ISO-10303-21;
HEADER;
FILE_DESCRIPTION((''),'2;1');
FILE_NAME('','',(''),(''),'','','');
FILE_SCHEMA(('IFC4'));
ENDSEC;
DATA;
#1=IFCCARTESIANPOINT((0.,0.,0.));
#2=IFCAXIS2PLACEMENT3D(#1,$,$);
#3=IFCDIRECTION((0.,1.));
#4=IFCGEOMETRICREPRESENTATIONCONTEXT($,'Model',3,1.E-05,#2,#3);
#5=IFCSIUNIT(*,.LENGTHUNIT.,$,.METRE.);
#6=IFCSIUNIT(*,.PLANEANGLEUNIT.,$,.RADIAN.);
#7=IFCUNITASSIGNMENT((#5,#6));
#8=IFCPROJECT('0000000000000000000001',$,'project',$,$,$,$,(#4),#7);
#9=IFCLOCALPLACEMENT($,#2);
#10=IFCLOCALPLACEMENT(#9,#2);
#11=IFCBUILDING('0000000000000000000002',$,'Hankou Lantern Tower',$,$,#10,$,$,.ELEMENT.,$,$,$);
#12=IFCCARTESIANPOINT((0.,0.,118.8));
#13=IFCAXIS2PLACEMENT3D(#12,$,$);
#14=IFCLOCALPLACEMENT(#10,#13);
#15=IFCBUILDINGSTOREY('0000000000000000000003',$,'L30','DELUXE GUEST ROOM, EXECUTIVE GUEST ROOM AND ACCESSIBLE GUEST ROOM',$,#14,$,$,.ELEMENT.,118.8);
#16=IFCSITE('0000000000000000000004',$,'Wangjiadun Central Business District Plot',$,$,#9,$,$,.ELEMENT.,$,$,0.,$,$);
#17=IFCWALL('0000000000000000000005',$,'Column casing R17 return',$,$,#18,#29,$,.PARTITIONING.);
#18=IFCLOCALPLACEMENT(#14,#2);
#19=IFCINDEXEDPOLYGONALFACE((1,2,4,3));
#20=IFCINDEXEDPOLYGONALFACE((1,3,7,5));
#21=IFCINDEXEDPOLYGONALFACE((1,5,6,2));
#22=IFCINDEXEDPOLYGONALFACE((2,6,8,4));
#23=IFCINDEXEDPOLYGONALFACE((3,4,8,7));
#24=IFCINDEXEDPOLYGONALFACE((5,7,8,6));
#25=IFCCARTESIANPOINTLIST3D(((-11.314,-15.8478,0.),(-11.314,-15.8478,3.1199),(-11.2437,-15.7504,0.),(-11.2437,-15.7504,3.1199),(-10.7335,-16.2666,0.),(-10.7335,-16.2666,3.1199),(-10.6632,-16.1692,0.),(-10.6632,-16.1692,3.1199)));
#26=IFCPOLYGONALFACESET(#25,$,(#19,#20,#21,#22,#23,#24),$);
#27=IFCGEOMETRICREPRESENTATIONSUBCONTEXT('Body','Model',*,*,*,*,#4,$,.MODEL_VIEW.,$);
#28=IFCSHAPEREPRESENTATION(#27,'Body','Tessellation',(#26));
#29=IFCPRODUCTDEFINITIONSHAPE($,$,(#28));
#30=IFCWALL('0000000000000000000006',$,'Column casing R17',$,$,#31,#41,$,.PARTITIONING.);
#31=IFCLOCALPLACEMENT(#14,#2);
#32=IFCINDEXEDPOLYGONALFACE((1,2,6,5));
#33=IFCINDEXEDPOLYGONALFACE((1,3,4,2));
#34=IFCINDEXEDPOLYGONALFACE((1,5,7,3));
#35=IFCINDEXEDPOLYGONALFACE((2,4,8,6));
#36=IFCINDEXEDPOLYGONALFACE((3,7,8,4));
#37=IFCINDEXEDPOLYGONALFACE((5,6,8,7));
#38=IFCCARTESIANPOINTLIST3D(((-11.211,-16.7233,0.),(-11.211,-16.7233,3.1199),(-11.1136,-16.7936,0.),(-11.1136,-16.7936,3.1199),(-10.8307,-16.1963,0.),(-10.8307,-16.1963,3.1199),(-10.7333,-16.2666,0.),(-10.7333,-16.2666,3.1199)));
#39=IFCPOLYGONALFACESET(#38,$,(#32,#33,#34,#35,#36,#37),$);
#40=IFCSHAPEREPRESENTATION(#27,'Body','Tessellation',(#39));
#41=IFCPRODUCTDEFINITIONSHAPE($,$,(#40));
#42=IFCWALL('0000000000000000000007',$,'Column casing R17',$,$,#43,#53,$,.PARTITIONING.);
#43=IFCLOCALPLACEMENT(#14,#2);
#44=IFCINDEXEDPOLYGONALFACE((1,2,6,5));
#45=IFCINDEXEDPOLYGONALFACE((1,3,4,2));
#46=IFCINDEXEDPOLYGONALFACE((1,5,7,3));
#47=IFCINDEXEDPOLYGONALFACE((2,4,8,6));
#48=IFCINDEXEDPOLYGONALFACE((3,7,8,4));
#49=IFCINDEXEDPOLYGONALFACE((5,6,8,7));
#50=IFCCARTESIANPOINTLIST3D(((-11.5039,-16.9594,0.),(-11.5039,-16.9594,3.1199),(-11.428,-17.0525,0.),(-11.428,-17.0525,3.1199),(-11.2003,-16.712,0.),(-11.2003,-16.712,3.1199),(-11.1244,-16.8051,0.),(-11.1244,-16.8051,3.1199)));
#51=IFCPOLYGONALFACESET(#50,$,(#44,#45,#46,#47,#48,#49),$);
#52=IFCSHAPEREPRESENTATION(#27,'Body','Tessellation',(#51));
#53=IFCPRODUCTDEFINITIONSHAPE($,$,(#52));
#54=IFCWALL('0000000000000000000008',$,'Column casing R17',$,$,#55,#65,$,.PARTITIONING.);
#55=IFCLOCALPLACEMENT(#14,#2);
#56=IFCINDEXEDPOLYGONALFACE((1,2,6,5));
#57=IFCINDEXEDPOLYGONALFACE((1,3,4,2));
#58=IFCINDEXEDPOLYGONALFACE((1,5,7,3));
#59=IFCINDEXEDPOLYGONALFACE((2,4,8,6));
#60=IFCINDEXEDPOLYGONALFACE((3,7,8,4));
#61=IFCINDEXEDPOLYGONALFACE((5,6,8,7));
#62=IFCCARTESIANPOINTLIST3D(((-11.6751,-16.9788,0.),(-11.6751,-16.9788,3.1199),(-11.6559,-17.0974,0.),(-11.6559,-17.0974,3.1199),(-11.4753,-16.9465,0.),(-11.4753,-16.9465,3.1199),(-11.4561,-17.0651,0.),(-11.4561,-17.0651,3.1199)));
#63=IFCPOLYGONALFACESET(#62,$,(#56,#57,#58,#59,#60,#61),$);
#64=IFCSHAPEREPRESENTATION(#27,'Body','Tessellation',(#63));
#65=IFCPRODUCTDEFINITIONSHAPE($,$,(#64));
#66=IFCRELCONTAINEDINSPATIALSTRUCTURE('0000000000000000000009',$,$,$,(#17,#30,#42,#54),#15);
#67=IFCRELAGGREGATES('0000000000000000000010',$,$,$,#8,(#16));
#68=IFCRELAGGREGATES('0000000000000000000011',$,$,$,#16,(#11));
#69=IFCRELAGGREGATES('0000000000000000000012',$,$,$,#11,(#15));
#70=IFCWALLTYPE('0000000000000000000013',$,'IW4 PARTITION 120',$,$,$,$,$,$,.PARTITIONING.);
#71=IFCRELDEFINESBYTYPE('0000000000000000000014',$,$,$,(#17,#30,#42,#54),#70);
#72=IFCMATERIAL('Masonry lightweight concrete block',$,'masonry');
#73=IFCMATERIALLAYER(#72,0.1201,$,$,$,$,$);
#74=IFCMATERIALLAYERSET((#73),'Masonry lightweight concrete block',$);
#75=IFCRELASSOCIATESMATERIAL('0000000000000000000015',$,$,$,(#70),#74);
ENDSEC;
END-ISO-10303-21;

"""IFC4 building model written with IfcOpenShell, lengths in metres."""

from ifc_helpers import new_model, si_unit, direction, frame, frame_2d, origin, place, context, subcontext, project, spatial, rectangle, extrude, material, layer, layer_set, type_object, element, save


model = new_model("IFC4")

# Units and contexts
model_context = context("Model", 3, precision=1e-05, world=origin(), true_north=direction((0.0, 1.0)))
body_context = subcontext(model_context, "Body", "Model", "MODEL_VIEW")
ifc_project = project(units=[si_unit("LENGTHUNIT", "METRE"), si_unit("PLANEANGLEUNIT", "RADIAN")], contexts=[model_context])

# Site, building, storey
site_placement = place(None, origin())
site = spatial("IfcSite", under=ifc_project, at=site_placement, Name="Wangjiadun Central Business District Plot", CompositionType="ELEMENT", RefElevation=0.0)
building_placement = place(site_placement, origin())
building = spatial("IfcBuilding", under=site, at=building_placement, Name="Hankou Lantern Tower", CompositionType="ELEMENT")
storey_placement = place(building_placement, frame((0.0, 0.0, 118.8)))
storey = spatial("IfcBuildingStorey", under=building, at=storey_placement, Name="L30", Description="DELUXE GUEST ROOM, EXECUTIVE GUEST ROOM AND ACCESSIBLE GUEST ROOM", CompositionType="ELEMENT", Elevation=118.8)

# Walls
ifc_material_1 = material(Name="Masonry lightweight concrete block", Category="masonry")
ifc_layer_1 = layer(ifc_material_1, 0.1201)
ifc_layer_set_1 = layer_set([ifc_layer_1], Name="Masonry lightweight concrete block")
wall_type_1 = type_object("IfcWallType", Name="IW4 PARTITION 120", PredefinedType="PARTITIONING", material=ifc_layer_set_1)
wall_1_placement = place(storey_placement, frame((-11.2788, -15.7991, 0.0), z_axis=(0.0, 0.0, 1.0), x_axis=(0.810913, -0.585167, 0.0)))
element("IfcWall", 1, at=wall_1_placement, inside=storey, type_object=wall_type_1, Name="Column casing R17 return", PredefinedType="PARTITIONING", context=body_context, shape_type="SweptSolid", body=[
    extrude(rectangle(XDim=0.7158, YDim=0.1201, at=frame_2d((0.3579, 0.0))), origin(), (0.0, 0.0, 1.0), 3.1199),
])
wall_2_placement = place(storey_placement, frame((-10.782, -16.2314, 0.0), z_axis=(0.0, 0.0, 1.0), x_axis=(-0.585175, -0.810907, 0.0)))
element("IfcWall", 2, at=wall_2_placement, inside=storey, type_object=wall_type_1, Name="Column casing R17", PredefinedType="PARTITIONING", context=body_context, shape_type="SweptSolid", body=[
    extrude(rectangle(XDim=0.6499, YDim=0.1201, at=frame_2d((0.325, 0.0))), origin(), (0.0, 0.0, 1.0), 3.1199),
])
wall_3_placement = place(storey_placement, frame((-11.1624, -16.7585, 0.0), z_axis=(0.0, 0.0, 1.0), x_axis=(-0.775178, -0.631742, 0.0)))
element("IfcWall", 3, at=wall_3_placement, inside=storey, type_object=wall_type_1, Name="Column casing R17", PredefinedType="PARTITIONING", context=body_context, shape_type="SweptSolid", body=[
    extrude(rectangle(XDim=0.3916, YDim=0.1201, at=frame_2d((0.1958, 0.0))), origin(), (0.0, 0.0, 1.0), 3.1199),
])
wall_4_placement = place(storey_placement, frame((-11.4658, -17.0059, 0.0), z_axis=(0.0, 0.0, 1.0), x_axis=(-0.987229, -0.159308, 0.0)))
element("IfcWall", 4, at=wall_4_placement, inside=storey, type_object=wall_type_1, Name="Column casing R17", PredefinedType="PARTITIONING", context=body_context, shape_type="SweptSolid", body=[
    extrude(rectangle(XDim=0.2024, YDim=0.1201, at=frame_2d((0.1011, 0.0))), origin(), (0.0, 0.0, 1.0), 3.1199),
])

save(model, "model.ifc")
